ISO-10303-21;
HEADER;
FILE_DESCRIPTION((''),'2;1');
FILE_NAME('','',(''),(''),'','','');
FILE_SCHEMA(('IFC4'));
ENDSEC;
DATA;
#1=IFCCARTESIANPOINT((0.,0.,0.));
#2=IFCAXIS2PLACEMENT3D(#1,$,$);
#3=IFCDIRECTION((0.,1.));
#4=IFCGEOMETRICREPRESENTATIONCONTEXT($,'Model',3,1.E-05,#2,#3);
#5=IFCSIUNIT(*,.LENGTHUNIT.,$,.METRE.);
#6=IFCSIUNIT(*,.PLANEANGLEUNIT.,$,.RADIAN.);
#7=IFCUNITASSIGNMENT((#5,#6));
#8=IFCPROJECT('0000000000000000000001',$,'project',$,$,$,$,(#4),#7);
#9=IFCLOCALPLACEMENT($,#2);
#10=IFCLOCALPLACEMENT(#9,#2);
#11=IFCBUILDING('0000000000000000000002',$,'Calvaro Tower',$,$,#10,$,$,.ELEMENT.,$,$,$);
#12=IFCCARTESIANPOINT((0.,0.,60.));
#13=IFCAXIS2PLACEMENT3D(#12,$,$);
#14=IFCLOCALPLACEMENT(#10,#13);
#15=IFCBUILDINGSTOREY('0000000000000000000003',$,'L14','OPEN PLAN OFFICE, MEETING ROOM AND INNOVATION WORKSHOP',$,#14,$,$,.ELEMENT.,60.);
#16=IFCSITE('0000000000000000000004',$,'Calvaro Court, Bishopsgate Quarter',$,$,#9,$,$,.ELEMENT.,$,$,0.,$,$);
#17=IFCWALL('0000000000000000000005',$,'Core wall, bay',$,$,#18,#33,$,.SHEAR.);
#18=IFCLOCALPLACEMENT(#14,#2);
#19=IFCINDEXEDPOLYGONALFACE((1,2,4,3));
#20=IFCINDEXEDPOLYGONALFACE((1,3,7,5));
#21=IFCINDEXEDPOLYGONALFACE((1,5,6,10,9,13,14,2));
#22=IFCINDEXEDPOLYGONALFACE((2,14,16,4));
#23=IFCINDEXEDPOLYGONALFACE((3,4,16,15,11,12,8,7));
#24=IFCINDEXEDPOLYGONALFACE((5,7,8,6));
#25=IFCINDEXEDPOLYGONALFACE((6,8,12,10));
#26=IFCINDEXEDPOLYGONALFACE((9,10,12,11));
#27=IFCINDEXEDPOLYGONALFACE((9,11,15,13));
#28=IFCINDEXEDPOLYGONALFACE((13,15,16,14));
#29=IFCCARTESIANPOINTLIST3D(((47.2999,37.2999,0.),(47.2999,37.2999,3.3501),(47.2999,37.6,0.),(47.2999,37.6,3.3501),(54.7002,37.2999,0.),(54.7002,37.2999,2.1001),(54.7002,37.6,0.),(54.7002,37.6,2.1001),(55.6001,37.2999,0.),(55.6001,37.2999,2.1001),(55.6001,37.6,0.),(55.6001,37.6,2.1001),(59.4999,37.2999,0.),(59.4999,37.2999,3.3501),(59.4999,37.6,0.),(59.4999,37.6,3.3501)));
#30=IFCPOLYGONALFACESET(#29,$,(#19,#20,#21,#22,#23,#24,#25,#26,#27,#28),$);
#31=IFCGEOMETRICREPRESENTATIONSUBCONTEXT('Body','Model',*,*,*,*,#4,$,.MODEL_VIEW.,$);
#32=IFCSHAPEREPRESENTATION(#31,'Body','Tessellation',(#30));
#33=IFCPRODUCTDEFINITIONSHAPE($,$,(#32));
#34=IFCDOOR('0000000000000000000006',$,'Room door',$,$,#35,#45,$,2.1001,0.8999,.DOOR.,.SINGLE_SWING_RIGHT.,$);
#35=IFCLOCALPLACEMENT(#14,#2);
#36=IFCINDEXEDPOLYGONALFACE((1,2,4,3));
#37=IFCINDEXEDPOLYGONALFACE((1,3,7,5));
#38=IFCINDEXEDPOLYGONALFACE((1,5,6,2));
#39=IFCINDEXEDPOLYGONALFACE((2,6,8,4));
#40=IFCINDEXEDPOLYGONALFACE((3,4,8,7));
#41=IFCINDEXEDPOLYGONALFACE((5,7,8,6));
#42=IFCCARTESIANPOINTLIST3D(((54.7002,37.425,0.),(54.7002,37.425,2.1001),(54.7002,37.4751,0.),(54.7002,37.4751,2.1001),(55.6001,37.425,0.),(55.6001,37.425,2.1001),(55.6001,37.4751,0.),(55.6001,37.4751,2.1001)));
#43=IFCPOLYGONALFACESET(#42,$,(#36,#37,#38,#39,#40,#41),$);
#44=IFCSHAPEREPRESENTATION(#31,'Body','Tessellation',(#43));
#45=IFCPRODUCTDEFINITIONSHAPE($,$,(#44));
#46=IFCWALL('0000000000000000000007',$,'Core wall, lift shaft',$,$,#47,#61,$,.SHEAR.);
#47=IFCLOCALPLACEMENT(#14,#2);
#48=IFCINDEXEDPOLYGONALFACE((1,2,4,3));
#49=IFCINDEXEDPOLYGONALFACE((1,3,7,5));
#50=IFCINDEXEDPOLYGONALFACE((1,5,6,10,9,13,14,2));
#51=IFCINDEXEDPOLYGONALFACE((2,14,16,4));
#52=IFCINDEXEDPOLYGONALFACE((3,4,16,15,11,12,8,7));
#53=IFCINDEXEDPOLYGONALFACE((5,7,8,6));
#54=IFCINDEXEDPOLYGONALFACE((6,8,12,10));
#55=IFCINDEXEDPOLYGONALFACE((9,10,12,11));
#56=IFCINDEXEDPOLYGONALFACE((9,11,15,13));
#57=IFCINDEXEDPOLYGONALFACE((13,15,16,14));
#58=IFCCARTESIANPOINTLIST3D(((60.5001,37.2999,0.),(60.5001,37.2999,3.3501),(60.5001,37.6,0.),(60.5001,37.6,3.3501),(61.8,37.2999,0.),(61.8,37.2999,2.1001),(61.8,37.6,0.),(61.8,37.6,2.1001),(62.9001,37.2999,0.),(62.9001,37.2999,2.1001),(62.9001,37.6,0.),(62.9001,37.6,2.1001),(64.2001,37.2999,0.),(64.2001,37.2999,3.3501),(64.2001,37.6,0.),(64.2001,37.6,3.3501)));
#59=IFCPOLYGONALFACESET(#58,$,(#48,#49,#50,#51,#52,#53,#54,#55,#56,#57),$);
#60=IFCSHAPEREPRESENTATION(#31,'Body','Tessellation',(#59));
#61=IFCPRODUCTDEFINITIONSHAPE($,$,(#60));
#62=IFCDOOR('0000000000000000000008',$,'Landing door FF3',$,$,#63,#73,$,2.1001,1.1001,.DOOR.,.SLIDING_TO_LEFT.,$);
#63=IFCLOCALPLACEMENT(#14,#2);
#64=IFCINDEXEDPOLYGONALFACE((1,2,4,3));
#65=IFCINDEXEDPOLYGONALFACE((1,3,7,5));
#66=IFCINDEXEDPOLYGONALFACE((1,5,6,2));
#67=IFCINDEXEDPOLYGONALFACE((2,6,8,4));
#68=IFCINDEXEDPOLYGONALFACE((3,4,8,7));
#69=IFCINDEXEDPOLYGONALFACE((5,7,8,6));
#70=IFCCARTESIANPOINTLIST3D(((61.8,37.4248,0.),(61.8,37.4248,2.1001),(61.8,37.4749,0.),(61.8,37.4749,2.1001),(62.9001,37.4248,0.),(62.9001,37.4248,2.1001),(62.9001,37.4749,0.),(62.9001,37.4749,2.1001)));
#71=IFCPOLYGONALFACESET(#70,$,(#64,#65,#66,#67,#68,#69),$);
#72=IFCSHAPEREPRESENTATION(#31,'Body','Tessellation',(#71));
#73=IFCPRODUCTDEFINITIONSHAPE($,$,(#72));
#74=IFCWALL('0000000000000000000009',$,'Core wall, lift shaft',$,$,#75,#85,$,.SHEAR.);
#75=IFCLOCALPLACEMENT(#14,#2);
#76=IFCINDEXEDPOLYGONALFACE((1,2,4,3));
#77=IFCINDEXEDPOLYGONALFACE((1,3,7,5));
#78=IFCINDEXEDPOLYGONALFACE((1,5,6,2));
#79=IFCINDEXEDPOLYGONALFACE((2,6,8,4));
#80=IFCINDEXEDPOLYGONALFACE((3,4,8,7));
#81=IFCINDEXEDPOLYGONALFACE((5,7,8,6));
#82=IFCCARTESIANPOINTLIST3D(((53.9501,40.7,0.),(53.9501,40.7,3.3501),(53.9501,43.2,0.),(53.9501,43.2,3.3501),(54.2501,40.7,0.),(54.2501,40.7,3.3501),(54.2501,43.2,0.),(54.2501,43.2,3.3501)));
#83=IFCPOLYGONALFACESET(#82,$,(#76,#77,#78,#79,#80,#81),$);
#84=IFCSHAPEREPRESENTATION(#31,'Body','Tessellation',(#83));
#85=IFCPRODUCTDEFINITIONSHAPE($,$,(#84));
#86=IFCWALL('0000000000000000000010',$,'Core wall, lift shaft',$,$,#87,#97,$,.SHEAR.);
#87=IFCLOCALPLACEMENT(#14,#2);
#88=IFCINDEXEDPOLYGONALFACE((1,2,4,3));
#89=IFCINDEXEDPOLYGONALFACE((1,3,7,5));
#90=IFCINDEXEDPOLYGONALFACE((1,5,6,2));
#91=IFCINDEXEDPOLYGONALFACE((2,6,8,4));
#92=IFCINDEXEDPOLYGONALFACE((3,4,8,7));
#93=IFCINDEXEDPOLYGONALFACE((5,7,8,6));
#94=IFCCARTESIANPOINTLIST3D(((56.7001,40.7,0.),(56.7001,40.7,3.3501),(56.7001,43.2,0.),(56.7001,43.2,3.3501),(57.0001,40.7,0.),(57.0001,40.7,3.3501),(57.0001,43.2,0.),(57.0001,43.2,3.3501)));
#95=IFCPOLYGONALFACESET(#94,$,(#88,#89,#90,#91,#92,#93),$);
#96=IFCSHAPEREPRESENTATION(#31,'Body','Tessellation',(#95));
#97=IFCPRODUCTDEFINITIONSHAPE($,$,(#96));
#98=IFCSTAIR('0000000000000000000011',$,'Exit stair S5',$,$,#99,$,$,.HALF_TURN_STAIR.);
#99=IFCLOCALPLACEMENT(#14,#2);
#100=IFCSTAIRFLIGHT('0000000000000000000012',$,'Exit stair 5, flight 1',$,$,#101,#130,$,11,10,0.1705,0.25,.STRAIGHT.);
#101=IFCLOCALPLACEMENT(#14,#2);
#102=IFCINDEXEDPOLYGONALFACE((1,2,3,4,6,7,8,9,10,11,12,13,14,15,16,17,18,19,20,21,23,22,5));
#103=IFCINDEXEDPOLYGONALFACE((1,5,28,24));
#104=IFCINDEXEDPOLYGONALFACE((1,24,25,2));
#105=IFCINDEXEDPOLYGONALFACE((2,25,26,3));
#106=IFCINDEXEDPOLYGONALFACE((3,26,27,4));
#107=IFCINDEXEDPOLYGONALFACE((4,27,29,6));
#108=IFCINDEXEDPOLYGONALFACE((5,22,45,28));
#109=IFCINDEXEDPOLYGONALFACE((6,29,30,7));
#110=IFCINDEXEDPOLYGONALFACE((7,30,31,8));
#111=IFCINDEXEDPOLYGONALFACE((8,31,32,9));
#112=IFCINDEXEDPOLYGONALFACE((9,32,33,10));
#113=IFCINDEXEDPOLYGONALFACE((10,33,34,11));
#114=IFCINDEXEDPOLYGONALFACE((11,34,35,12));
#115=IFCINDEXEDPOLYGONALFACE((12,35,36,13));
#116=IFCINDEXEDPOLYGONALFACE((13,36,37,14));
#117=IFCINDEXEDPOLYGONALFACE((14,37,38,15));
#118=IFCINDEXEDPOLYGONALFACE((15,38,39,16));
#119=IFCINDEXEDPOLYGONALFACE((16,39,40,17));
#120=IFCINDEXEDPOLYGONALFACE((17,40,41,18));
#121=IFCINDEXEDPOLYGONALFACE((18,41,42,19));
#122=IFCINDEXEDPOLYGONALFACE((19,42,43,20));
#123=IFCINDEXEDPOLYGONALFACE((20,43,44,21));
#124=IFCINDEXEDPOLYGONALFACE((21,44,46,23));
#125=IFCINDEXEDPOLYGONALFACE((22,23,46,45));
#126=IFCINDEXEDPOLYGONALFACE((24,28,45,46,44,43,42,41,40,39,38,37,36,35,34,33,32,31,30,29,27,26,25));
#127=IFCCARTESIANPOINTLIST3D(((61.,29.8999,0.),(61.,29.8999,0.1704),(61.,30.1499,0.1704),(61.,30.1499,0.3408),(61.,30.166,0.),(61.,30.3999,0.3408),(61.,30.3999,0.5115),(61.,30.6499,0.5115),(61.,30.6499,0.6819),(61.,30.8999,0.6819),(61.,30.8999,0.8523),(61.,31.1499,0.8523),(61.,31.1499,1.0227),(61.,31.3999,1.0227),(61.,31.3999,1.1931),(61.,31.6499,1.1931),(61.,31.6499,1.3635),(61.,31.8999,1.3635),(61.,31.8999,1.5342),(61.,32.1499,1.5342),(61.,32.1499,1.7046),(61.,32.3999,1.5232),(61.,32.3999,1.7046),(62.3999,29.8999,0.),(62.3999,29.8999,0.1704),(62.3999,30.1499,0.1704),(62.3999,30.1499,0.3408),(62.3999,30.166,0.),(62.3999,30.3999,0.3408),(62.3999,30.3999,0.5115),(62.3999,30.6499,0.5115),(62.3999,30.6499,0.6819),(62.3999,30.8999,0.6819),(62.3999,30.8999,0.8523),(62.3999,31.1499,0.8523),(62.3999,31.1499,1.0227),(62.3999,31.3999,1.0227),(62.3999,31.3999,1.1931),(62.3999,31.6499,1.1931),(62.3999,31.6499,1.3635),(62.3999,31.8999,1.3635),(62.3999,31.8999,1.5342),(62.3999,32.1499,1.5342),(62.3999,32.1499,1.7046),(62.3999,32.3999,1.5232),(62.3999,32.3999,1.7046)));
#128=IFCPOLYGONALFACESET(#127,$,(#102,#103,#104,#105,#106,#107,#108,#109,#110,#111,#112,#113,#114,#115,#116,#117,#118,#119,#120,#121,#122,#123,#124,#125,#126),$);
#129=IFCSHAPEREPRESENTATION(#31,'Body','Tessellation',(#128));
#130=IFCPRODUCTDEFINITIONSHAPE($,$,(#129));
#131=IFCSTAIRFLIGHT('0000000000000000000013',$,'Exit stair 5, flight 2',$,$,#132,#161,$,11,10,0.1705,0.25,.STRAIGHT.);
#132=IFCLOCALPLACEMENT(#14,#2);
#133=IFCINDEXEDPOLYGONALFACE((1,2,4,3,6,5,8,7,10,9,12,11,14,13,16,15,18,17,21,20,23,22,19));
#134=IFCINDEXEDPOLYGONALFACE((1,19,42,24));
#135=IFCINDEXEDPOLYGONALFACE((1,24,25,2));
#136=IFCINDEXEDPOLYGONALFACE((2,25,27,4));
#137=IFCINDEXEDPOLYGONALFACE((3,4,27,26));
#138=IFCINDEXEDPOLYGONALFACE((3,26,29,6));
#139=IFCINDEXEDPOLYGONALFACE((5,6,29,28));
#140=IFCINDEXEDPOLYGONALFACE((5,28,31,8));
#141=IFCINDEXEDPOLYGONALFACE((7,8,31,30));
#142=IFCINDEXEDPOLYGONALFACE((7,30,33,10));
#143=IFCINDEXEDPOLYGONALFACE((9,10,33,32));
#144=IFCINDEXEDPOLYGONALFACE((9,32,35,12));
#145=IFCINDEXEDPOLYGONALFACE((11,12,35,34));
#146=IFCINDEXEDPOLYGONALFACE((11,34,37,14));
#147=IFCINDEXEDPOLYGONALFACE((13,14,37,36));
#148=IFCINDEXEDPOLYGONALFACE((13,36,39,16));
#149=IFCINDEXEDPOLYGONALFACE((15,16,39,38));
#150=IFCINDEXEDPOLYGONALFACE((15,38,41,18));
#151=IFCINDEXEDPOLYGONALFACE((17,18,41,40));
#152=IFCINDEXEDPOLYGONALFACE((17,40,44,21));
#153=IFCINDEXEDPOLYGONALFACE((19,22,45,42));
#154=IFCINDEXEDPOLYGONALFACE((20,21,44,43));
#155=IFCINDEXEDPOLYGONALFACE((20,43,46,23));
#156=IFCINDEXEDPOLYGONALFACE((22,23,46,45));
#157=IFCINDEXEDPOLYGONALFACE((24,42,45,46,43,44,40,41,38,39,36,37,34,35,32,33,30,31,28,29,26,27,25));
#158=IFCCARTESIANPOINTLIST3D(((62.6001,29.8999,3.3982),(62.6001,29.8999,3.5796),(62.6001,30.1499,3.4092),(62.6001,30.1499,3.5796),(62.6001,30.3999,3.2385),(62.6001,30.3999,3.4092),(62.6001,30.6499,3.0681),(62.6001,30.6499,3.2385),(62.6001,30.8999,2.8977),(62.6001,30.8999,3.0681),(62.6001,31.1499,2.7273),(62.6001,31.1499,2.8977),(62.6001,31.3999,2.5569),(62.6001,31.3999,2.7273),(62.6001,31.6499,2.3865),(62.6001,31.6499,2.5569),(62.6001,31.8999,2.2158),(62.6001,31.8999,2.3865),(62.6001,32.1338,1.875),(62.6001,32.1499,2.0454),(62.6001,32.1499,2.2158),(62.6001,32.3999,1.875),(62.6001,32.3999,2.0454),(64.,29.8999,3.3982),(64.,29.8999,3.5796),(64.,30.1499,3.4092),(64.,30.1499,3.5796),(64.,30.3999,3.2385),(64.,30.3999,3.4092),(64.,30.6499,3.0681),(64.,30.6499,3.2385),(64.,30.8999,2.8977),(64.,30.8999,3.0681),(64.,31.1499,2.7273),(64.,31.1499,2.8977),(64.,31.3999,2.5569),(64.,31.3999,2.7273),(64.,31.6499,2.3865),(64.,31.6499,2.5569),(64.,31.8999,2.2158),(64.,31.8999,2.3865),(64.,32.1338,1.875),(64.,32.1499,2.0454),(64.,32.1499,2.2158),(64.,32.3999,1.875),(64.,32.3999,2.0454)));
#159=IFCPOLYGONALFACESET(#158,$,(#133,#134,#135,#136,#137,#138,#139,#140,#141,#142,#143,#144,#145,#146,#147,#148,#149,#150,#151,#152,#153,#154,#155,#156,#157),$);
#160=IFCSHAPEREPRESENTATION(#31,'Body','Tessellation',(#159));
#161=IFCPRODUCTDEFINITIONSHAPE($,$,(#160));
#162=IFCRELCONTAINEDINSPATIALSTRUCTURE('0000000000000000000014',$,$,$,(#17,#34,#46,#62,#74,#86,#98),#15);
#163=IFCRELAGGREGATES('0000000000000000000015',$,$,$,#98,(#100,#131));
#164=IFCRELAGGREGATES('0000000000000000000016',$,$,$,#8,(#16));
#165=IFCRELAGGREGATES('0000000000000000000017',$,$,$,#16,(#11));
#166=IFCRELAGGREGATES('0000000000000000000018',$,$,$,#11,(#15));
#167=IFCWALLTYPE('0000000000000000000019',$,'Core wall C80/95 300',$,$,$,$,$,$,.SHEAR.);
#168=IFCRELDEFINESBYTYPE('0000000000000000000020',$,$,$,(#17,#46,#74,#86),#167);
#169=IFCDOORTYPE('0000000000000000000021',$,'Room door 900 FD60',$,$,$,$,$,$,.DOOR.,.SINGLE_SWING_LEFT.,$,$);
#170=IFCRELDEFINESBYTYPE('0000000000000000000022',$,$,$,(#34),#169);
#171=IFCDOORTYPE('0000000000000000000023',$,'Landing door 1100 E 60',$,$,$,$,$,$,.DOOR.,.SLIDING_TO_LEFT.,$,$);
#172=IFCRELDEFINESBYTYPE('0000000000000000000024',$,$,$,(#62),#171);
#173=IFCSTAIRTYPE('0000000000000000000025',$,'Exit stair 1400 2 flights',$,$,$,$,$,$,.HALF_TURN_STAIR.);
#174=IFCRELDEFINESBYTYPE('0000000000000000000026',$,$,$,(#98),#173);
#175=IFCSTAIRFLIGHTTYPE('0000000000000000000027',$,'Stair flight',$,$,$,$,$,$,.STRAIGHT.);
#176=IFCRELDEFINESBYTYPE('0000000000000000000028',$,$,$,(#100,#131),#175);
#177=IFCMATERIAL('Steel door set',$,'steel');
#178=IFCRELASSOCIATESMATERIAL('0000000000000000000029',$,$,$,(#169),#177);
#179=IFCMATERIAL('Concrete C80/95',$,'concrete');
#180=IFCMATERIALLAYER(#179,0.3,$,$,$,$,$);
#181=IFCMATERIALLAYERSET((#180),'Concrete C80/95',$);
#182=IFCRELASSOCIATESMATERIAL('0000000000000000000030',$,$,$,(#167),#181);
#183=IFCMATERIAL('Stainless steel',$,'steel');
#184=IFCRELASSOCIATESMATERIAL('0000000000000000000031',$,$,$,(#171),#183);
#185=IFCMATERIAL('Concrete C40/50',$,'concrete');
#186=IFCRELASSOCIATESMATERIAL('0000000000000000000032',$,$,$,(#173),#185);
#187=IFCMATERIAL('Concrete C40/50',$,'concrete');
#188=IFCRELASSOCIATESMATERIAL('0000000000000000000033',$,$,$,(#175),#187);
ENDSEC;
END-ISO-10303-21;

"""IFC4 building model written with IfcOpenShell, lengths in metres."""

from ifc_helpers import new_model, si_unit, direction, frame, frame_2d, origin, place, context, subcontext, project, spatial, polyline, rectangle, outline, extrude, material, layer, layer_set, type_object, element, fill, aggregate, save


model = new_model("IFC4")

# Units and contexts
model_context = context("Model", 3, precision=1e-05, world=origin(), true_north=direction((0.0, 1.0)))
body_context = subcontext(model_context, "Body", "Model", "MODEL_VIEW")
ifc_project = project(units=[si_unit("LENGTHUNIT", "METRE"), si_unit("PLANEANGLEUNIT", "RADIAN")], contexts=[model_context])

# Site, building, storey
site_placement = place(None, origin())
site = spatial("IfcSite", under=ifc_project, at=site_placement, Name="Calvaro Court, Bishopsgate Quarter", CompositionType="ELEMENT", RefElevation=0.0)
building_placement = place(site_placement, origin())
building = spatial("IfcBuilding", under=site, at=building_placement, Name="Calvaro Tower", CompositionType="ELEMENT")
storey_placement = place(building_placement, frame((0.0, 0.0, 60.0)))
storey = spatial("IfcBuildingStorey", under=building, at=storey_placement, Name="L14", Description="OPEN PLAN OFFICE, MEETING ROOM AND INNOVATION WORKSHOP", CompositionType="ELEMENT", Elevation=60.0)

# Shared definitions
ifc_material_1 = material(Name="Steel door set", Category="steel")
door_type_1 = type_object("IfcDoorType", Name="Room door 900 FD60", OperationType="SINGLE_SWING_LEFT", PredefinedType="DOOR", material=ifc_material_1)

# Shared definitions
ifc_material_2 = material(Name="Concrete C80/95", Category="concrete")
ifc_layer_1 = layer(ifc_material_2, 0.3)
ifc_layer_set_1 = layer_set([ifc_layer_1], Name="Concrete C80/95")
wall_type_1 = type_object("IfcWallType", Name="Core wall C80/95 300", PredefinedType="SHEAR", material=ifc_layer_set_1)

# Walls, openings, doors
wall_1_placement = place(storey_placement, frame((59.5, 37.45, 0.0), z_axis=(0.0, 0.0, 1.0), x_axis=(-1.0, 0.0, 0.0)))
wall_1 = element("IfcWall", 1, at=wall_1_placement, inside=storey, type_object=wall_type_1, Name="Core wall, bay", PredefinedType="SHEAR", context=body_context, shape_type="SweptSolid", body=[
    extrude(rectangle(XDim=12.2, YDim=0.3, at=frame_2d((6.1001, 0.0))), origin(), (0.0, 0.0, 1.0), 3.3501),
])
opening_1_placement = place(wall_1_placement, frame((3.8999, 0.0, 0.0)))
opening_1 = element("IfcOpeningElement", 2, at=opening_1_placement, cuts=wall_1, PredefinedType="OPENING", context=body_context, shape_type="SweptSolid", body=[
    extrude(rectangle(XDim=0.8999, YDim=2.1001, at=frame_2d((0.45, 1.05))), frame((0.0, 0.1599, 0.0), z_axis=(0.0, -1.0, 0.0), x_axis=(1.0, 0.0, 0.0)), (0.0, 0.0, 1.0), 0.3201),
])
door_1_placement = place(opening_1_placement, origin())
door_1 = element("IfcDoor", 3, at=door_1_placement, inside=storey, type_object=door_type_1, Name="Room door", OperationType="SINGLE_SWING_RIGHT", OverallHeight=2.1001, OverallWidth=0.8999, PredefinedType="DOOR", context=body_context, shape_type="SweptSolid", body=[
    extrude(rectangle(XDim=0.8999, YDim=2.1001, at=frame_2d((0.45, 1.05))), frame((0.0, 0.0249, 0.0), z_axis=(0.0, -1.0, 0.0), x_axis=(1.0, 0.0, 0.0)), (0.0, 0.0, 1.0), 0.05),
])
fill(opening_1, door_1)
wall_2_placement = place(storey_placement, frame((60.5, 37.45, 0.0), z_axis=(0.0, 0.0, 1.0), x_axis=(1.0, 0.0, 0.0)))
wall_2 = element("IfcWall", 4, at=wall_2_placement, inside=storey, type_object=wall_type_1, Name="Core wall, lift shaft", PredefinedType="SHEAR", context=body_context, shape_type="SweptSolid", body=[
    extrude(rectangle(XDim=3.7, YDim=0.3, at=frame_2d((1.8501, 0.0))), origin(), (0.0, 0.0, 1.0), 3.3501),
])
opening_2_placement = place(wall_2_placement, frame((1.3, 0.0, 0.0)))
opening_2 = element("IfcOpeningElement", 5, at=opening_2_placement, cuts=wall_2, PredefinedType="OPENING", context=body_context, shape_type="SweptSolid", body=[
    extrude(rectangle(XDim=1.1001, YDim=2.1001, at=frame_2d((0.55, 1.05))), frame((0.0, 0.1599, 0.0), z_axis=(0.0, -1.0, 0.0), x_axis=(1.0, 0.0, 0.0)), (0.0, 0.0, 1.0), 0.3201),
])
ifc_material_3 = material(Name="Stainless steel", Category="steel")
door_type_2 = type_object("IfcDoorType", Name="Landing door 1100 E 60", OperationType="SLIDING_TO_LEFT", PredefinedType="DOOR", material=ifc_material_3)
door_2_placement = place(opening_2_placement, origin())
door_2 = element("IfcDoor", 6, at=door_2_placement, inside=storey, type_object=door_type_2, Name="Landing door FF3", OperationType="SLIDING_TO_LEFT", OverallHeight=2.1001, OverallWidth=1.1001, PredefinedType="DOOR", context=body_context, shape_type="SweptSolid", body=[
    extrude(rectangle(XDim=1.1001, YDim=2.1001, at=frame_2d((0.55, 1.05))), frame((0.0, 0.0249, 0.0), z_axis=(0.0, -1.0, 0.0), x_axis=(1.0, 0.0, 0.0)), (0.0, 0.0, 1.0), 0.05),
])
fill(opening_2, door_2)

# Walls
for number, where, z_axis, x_axis, name in (
    (7, (54.1001, 40.7, 0.0), (0.0, 0.0, 1.0), (0.0, 1.0, 0.0), "Core wall, lift shaft"),
    (8, (56.8501, 40.7, 0.0), (0.0, 0.0, 1.0), (0.0, 1.0, 0.0), "Core wall, lift shaft"),
):
    element("IfcWall", number, at=place(storey_placement, frame(where, z_axis=z_axis, x_axis=x_axis)), inside=storey, type_object=wall_type_1, Name=name, PredefinedType="SHEAR", context=body_context, shape_type="SweptSolid", body=[
        extrude(rectangle(XDim=2.5, YDim=0.3, at=frame_2d((1.25, 0.0))), origin(), (0.0, 0.0, 1.0), 3.3501),
    ])

# Stair, stair flights
ifc_material_4 = material(Name="Concrete C40/50", Category="concrete")
stair_type = type_object("IfcStairType", Name="Exit stair 1400 2 flights", PredefinedType="HALF_TURN_STAIR", material=ifc_material_4)
stair_placement = place(storey_placement, origin())
stair = element("IfcStair", 9, at=stair_placement, inside=storey, type_object=stair_type, Name="Exit stair S5", PredefinedType="HALF_TURN_STAIR")
ifc_material_5 = material(Name="Concrete C40/50", Category="concrete")
stair_flight_type = type_object("IfcStairFlightType", Name="Stair flight", PredefinedType="STRAIGHT", material=ifc_material_5)
stair_flight_1_placement = place(storey_placement, frame((61.7, 29.8999, 0.0), z_axis=(0.0, 0.0, 1.0), x_axis=(0.0, 1.0, 0.0)))
stair_flight_1 = element("IfcStairFlight", 10, at=stair_flight_1_placement, type_object=stair_flight_type, Name="Exit stair 5, flight 1", NumberOfRisers=11, NumberOfTreads=10, PredefinedType="STRAIGHT", RiserHeight=0.1705, TreadLength=0.25, context=body_context, shape_type="SweptSolid", body=[
    extrude(outline(polyline([(0.0, 0.0), (0.0, 0.1704), (0.25, 0.1704), (0.25, 0.3408), (0.5, 0.3408), (0.5, 0.5115), (0.75, 0.5115), (0.75, 0.6819), (1.0, 0.6819), (1.0, 0.8523), (1.25, 0.8523), (1.25, 1.0227), (1.5, 1.0227), (1.5, 1.1931), (1.75, 1.1931), (1.75, 1.3635), (2.0, 1.3635), (2.0, 1.5342), (2.25, 1.5342), (2.25, 1.7046), (2.5, 1.7046), (2.5, 1.875), (2.5, 1.5232), (0.2661, 0.0), (0.0, 0.0)])), frame((0.0, 0.7, 0.0), z_axis=(0.0, -1.0, 0.0), x_axis=(1.0, 0.0, 0.0)), (0.0, 0.0, 1.0), 1.3999),
])
stair_flight_2_placement = place(storey_placement, frame((63.3, 32.3999, 1.875), z_axis=(0.0, 0.0, 1.0), x_axis=(0.0, -1.0, 0.0)))
stair_flight_2 = element("IfcStairFlight", 11, at=stair_flight_2_placement, type_object=stair_flight_type, Name="Exit stair 5, flight 2", NumberOfRisers=11, NumberOfTreads=10, PredefinedType="STRAIGHT", RiserHeight=0.1705, TreadLength=0.25, context=body_context, shape_type="SweptSolid", body=[
    extrude(outline(polyline([(0.0, 0.0), (0.0, 0.1704), (0.25, 0.1704), (0.25, 0.3408), (0.5, 0.3408), (0.5, 0.5115), (0.75, 0.5115), (0.75, 0.6819), (1.0, 0.6819), (1.0, 0.8523), (1.25, 0.8523), (1.25, 1.0227), (1.5, 1.0227), (1.5, 1.1931), (1.75, 1.1931), (1.75, 1.3635), (2.0, 1.3635), (2.0, 1.5342), (2.25, 1.5342), (2.25, 1.7046), (2.5, 1.7046), (2.5, 1.875), (2.5, 1.5232), (0.2661, 0.0), (0.0, 0.0)])), frame((0.0, 0.7, 0.0), z_axis=(0.0, -1.0, 0.0), x_axis=(1.0, 0.0, 0.0)), (0.0, 0.0, 1.0), 1.3999),
])
aggregate(stair, [stair_flight_1, stair_flight_2])

save(model, "model.ifc")
